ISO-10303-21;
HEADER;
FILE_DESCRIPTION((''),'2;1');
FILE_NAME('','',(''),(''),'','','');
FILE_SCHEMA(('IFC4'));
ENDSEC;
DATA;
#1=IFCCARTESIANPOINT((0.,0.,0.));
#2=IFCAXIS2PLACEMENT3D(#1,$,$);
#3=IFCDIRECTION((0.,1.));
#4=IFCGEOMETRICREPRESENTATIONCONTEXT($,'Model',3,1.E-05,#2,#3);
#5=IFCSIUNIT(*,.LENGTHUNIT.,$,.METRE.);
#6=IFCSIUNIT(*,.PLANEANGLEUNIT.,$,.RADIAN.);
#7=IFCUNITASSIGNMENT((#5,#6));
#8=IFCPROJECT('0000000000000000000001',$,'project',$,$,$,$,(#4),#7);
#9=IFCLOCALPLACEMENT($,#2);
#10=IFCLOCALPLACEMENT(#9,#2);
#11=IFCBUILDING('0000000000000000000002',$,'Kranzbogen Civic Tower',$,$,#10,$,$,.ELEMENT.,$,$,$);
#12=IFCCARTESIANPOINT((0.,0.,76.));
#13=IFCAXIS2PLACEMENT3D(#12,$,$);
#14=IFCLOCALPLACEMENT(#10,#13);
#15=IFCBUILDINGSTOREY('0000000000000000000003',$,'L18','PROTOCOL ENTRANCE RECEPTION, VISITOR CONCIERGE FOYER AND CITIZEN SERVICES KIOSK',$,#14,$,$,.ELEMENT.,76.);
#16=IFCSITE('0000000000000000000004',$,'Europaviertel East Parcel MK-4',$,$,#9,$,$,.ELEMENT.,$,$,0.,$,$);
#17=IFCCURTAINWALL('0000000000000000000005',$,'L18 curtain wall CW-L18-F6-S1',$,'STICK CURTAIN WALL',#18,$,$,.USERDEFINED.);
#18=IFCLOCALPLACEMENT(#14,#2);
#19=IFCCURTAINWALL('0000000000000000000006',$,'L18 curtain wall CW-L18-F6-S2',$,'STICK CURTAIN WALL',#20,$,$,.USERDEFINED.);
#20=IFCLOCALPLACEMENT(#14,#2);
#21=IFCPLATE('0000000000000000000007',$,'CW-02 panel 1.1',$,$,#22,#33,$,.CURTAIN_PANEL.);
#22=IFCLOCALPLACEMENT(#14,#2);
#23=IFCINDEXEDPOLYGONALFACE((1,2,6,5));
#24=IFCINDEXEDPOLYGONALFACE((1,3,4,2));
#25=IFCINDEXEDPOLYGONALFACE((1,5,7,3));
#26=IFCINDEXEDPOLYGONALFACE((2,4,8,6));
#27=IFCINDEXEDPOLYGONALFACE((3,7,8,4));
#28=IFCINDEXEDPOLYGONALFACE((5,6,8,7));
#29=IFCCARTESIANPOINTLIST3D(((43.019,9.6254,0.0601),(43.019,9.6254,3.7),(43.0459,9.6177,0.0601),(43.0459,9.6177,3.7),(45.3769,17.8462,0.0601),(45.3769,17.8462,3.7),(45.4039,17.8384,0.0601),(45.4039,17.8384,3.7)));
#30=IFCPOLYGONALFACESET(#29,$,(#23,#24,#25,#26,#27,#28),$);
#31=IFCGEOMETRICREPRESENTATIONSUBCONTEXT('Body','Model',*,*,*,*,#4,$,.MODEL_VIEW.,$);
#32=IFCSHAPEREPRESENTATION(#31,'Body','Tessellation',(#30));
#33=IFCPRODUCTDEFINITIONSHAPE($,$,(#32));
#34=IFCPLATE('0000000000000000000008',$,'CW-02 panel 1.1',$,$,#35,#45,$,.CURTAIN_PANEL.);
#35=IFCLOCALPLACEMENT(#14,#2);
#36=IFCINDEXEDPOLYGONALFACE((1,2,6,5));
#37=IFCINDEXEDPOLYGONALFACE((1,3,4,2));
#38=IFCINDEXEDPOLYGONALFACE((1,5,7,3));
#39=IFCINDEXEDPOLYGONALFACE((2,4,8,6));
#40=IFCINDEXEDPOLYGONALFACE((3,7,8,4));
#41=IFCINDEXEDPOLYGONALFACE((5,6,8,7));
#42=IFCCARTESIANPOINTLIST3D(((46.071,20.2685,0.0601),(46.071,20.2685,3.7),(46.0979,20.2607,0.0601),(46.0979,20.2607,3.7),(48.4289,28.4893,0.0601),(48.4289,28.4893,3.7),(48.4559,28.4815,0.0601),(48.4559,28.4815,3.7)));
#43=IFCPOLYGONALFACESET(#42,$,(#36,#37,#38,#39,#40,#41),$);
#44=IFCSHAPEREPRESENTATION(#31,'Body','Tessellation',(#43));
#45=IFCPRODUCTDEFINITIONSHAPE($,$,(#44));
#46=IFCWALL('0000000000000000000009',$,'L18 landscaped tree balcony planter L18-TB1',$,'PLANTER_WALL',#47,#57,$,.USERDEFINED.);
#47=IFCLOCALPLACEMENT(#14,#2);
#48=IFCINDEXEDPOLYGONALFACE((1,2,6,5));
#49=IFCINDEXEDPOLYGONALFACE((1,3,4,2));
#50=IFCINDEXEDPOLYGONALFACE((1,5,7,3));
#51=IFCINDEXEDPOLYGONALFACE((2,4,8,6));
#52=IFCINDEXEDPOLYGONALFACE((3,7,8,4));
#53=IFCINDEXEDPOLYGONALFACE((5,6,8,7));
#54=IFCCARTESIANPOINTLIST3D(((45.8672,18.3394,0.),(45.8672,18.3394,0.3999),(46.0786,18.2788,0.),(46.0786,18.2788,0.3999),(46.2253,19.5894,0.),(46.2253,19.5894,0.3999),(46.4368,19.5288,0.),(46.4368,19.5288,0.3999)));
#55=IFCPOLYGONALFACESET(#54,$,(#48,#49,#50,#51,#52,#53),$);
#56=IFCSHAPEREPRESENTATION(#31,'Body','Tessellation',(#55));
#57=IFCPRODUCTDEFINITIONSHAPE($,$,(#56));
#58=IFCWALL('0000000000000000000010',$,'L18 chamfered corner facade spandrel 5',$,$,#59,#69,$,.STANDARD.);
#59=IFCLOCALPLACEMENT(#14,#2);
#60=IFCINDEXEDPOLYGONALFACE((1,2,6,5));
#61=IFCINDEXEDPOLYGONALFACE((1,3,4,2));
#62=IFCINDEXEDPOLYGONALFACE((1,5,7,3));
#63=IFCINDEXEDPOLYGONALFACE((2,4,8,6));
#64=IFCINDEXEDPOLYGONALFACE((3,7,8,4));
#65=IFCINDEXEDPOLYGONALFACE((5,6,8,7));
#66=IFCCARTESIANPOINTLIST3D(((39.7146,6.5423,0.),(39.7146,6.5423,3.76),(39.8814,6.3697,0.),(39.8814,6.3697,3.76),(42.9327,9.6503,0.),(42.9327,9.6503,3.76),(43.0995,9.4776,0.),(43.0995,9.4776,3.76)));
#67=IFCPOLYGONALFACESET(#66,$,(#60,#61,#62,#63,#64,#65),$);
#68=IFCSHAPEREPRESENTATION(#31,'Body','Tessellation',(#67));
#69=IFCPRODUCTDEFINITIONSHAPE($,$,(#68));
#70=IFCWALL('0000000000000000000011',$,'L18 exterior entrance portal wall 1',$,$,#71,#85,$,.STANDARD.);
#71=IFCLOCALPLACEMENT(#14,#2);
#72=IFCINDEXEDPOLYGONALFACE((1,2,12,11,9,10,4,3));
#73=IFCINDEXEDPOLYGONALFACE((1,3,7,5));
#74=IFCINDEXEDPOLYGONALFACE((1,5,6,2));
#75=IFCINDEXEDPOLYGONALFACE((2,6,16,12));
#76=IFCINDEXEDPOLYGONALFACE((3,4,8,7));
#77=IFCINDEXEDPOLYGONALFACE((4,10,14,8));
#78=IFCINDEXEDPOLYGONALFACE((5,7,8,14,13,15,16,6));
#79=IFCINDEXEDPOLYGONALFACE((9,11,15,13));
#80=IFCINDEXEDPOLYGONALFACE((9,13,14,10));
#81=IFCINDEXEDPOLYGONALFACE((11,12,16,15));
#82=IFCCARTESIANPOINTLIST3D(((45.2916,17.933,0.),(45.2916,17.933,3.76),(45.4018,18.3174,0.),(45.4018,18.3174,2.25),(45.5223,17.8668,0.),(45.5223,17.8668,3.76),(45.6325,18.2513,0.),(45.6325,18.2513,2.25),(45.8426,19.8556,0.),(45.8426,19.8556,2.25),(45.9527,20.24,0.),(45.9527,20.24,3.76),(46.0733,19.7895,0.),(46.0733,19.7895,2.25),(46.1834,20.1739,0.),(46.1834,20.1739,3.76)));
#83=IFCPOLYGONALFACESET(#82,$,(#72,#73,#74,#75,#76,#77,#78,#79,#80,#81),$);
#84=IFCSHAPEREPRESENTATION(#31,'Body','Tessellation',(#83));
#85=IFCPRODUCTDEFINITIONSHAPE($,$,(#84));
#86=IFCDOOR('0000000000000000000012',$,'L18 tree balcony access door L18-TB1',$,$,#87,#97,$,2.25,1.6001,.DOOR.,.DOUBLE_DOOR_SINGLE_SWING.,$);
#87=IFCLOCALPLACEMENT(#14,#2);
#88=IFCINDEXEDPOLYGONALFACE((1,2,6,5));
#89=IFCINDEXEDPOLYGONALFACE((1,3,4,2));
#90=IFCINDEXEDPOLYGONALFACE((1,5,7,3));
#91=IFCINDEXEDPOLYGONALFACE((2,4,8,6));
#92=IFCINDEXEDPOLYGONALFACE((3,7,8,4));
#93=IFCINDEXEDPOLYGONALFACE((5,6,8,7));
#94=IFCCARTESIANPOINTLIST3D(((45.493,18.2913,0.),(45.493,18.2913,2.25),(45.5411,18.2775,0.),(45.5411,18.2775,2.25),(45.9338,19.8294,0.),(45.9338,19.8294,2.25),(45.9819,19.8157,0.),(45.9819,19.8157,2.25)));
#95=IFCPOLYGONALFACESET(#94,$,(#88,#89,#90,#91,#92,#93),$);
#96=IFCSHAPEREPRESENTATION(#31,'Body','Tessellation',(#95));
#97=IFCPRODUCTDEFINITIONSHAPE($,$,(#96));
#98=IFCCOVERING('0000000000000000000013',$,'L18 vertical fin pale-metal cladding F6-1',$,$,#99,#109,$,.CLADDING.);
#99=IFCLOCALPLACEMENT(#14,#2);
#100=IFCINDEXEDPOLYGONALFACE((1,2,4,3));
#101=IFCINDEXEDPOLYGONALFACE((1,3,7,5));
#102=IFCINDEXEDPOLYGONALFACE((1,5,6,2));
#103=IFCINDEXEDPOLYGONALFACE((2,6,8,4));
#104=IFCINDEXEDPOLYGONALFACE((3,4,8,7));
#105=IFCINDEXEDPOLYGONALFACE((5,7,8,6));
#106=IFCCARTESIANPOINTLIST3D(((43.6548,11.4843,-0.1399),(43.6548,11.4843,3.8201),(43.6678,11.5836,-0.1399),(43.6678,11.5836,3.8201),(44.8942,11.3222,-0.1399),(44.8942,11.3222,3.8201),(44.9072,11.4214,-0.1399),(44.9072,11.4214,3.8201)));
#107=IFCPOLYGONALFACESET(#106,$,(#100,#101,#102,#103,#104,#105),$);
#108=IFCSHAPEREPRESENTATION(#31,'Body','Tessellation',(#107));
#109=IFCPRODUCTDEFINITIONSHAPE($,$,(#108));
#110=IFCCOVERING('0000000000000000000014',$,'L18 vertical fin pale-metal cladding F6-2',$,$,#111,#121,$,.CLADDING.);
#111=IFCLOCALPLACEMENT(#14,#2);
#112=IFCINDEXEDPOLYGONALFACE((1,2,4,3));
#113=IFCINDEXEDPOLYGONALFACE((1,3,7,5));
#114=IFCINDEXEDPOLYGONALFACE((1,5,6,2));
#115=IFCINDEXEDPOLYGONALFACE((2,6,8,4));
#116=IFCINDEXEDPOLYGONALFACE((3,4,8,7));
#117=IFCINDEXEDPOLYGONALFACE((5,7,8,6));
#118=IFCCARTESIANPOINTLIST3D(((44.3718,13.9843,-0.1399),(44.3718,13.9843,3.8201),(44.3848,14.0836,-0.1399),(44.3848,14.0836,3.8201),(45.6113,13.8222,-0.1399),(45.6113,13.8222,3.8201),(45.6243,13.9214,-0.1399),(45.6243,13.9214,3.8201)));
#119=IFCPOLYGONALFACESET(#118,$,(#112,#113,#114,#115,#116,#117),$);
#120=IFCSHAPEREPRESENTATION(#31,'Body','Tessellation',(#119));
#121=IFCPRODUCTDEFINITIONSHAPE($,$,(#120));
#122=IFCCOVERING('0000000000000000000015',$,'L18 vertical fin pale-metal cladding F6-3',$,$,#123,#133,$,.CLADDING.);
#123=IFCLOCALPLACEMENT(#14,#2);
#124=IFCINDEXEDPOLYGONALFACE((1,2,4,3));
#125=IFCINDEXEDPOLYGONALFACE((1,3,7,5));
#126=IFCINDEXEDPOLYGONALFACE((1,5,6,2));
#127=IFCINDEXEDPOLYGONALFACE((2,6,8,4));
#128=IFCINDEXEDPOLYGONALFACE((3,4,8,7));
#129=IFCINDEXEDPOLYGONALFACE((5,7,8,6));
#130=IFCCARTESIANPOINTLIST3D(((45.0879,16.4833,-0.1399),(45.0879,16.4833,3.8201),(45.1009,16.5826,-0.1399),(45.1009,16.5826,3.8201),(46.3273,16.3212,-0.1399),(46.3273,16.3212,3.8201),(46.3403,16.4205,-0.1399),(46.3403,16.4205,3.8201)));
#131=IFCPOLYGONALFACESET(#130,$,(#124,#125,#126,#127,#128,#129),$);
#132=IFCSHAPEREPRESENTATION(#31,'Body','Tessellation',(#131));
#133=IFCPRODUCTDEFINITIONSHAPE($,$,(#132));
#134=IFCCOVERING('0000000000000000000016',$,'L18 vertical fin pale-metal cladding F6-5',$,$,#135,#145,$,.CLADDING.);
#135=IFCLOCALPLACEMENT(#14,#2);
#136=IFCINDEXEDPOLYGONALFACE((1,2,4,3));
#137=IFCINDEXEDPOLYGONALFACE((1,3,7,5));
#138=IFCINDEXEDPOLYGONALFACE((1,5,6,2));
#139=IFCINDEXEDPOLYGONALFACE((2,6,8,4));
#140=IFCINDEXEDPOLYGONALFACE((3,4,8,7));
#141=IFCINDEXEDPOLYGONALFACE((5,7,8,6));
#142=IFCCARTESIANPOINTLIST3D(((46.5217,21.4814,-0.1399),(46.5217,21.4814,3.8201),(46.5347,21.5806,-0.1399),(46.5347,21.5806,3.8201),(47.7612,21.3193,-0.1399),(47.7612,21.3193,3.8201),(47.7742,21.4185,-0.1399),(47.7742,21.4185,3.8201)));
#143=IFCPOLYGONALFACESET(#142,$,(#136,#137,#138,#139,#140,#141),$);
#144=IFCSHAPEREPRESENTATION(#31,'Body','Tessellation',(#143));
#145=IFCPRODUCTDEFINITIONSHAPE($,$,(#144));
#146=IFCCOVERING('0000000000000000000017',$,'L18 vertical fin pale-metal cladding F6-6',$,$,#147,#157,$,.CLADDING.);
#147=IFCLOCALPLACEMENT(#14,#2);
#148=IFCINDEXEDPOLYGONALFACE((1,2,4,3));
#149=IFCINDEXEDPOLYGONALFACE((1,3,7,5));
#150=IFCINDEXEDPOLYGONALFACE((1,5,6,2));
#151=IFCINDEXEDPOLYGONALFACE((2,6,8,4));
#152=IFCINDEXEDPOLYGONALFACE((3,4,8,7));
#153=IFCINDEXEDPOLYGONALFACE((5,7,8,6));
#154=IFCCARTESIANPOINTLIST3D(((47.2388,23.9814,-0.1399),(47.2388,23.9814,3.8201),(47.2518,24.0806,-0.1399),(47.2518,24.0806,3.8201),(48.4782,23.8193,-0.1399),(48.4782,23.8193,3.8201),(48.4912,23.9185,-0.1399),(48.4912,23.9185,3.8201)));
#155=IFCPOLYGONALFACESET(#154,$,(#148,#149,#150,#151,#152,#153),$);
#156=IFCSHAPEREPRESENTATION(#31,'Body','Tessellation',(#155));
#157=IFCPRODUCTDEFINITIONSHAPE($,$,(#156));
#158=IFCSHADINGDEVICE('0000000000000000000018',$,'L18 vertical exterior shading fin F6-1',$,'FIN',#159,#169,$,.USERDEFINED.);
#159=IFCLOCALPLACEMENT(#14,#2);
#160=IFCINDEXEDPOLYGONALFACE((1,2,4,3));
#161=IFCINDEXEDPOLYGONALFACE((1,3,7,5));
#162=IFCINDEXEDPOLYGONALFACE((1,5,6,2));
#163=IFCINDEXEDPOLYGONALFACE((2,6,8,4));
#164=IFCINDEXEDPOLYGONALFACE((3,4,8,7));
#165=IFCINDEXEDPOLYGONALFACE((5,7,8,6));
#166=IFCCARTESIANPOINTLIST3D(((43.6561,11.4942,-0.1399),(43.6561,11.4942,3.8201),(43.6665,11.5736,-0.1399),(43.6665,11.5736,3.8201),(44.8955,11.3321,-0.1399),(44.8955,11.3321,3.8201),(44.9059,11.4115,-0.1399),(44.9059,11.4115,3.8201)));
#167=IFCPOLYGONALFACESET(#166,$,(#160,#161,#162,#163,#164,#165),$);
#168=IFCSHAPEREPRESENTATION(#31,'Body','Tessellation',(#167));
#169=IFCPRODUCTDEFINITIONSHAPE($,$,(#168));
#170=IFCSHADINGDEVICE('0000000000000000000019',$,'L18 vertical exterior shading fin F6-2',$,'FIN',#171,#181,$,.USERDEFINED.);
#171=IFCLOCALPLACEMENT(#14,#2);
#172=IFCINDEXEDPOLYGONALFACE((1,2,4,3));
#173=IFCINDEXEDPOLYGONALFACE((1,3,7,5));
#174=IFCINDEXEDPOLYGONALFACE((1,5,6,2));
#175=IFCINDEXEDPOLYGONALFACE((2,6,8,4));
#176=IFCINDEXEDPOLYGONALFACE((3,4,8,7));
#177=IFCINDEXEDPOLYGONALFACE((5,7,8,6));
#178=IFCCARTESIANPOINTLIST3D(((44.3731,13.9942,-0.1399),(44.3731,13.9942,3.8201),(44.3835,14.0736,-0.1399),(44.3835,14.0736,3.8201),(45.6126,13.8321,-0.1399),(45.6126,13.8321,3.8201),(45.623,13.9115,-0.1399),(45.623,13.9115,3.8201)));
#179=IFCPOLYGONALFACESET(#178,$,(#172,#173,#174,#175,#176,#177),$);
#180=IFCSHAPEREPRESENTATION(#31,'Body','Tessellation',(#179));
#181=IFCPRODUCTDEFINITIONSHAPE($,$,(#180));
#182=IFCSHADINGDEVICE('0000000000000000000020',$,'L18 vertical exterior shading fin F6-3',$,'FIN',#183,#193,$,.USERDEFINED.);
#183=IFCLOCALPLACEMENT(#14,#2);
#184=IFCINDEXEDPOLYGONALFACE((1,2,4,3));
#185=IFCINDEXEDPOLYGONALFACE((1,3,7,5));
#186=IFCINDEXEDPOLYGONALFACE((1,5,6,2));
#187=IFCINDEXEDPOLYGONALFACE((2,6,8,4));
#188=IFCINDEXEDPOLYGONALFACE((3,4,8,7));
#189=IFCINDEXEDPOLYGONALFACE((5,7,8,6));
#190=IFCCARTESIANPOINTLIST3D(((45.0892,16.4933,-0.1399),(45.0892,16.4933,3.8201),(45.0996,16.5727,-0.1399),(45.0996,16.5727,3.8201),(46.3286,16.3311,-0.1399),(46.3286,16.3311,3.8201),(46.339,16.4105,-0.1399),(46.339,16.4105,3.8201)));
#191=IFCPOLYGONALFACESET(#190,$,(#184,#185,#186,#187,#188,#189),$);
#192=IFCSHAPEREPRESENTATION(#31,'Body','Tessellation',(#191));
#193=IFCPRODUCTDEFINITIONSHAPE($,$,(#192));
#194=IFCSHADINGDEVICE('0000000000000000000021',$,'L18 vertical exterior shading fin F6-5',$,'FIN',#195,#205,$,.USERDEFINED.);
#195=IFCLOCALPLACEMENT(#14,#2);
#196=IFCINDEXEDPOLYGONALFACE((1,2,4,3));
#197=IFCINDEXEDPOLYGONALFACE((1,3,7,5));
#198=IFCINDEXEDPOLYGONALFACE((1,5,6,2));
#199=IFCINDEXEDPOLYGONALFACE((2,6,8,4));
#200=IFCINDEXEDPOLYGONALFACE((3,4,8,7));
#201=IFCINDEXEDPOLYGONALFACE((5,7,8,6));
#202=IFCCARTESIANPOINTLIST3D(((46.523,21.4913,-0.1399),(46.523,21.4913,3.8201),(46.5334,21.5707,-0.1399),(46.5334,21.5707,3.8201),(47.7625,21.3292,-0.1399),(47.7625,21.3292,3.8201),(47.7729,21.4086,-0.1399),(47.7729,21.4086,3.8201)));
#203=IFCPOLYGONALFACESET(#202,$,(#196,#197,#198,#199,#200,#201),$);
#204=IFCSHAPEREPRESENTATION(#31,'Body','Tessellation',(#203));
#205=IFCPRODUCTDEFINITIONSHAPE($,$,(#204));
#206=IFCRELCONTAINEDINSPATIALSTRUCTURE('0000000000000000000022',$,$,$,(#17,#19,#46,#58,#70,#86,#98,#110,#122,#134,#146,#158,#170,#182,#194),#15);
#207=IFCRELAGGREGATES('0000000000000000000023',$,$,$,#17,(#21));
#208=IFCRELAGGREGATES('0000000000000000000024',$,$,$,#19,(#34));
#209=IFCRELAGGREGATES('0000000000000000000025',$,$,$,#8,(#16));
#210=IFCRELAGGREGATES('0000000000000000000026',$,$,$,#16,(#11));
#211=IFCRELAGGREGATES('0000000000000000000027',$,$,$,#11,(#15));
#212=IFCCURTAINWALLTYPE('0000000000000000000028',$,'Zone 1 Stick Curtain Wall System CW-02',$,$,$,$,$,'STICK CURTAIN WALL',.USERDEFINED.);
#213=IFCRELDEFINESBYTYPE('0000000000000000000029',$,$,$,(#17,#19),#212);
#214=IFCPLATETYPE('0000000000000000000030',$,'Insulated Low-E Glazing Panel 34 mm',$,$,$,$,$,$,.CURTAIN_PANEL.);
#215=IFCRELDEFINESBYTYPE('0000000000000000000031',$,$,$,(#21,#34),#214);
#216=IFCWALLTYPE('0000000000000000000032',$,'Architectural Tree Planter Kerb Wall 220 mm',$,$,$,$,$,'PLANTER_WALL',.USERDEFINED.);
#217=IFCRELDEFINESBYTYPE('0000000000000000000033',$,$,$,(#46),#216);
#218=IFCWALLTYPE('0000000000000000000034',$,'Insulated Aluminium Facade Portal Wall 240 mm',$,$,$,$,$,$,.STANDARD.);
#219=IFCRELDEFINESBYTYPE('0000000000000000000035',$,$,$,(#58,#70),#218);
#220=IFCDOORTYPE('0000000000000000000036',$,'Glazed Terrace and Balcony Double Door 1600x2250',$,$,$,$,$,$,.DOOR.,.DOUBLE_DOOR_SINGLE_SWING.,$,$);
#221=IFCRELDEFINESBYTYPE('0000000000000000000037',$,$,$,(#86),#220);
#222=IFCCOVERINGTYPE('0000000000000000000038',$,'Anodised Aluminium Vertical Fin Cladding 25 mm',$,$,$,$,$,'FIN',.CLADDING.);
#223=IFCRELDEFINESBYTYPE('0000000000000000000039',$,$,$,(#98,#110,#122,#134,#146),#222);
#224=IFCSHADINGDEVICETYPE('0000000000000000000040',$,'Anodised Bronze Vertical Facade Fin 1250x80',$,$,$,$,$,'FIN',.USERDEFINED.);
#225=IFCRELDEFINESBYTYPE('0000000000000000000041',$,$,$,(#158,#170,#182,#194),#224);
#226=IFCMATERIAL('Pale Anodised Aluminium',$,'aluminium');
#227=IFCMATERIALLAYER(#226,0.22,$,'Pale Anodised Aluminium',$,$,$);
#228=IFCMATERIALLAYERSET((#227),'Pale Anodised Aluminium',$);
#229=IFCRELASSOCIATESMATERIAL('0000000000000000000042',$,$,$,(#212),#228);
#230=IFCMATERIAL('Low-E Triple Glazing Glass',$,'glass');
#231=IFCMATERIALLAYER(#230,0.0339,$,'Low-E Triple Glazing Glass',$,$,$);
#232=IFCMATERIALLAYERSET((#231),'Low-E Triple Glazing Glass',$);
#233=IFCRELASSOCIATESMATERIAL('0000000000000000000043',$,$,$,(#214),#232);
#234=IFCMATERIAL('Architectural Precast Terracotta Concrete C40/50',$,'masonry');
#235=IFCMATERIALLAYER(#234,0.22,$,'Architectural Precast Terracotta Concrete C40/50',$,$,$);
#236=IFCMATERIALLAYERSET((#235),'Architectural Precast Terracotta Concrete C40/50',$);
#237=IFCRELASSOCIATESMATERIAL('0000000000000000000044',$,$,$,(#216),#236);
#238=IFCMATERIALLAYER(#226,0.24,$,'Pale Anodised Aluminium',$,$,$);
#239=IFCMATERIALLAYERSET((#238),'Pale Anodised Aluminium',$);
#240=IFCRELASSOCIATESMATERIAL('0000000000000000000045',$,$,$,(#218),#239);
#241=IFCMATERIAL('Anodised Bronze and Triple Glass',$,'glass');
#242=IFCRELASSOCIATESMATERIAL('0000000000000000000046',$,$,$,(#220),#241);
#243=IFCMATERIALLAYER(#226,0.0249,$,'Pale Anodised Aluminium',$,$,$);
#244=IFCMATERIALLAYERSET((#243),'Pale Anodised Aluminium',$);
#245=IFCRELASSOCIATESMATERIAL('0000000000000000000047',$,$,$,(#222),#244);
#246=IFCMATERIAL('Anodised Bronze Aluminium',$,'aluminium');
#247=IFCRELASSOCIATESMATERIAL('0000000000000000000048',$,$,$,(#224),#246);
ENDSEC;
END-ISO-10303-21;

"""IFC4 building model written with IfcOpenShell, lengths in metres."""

from ifc_helpers import new_model, si_unit, direction, frame, frame_2d, origin, origin_2d, place, context, subcontext, project, spatial, rectangle, extrude, material, layer, layer_set, type_object, element, fill, aggregate, save


model = new_model("IFC4")

# Units and contexts
model_context = context("Model", 3, precision=1e-05, world=origin(), true_north=direction((0.0, 1.0)))
body_context = subcontext(model_context, "Body", "Model", "MODEL_VIEW")
ifc_project = project(units=[si_unit("LENGTHUNIT", "METRE"), si_unit("PLANEANGLEUNIT", "RADIAN")], contexts=[model_context])

# Site, building, storey
site_placement = place(None, origin())
site = spatial("IfcSite", under=ifc_project, at=site_placement, Name="Europaviertel East Parcel MK-4", CompositionType="ELEMENT", RefElevation=0.0)
building_placement = place(site_placement, origin())
building = spatial("IfcBuilding", under=site, at=building_placement, Name="Kranzbogen Civic Tower", CompositionType="ELEMENT")
storey_placement = place(building_placement, frame((0.0, 0.0, 76.0)))
storey = spatial("IfcBuildingStorey", under=building, at=storey_placement, Name="L18", Description="PROTOCOL ENTRANCE RECEPTION, VISITOR CONCIERGE FOYER AND CITIZEN SERVICES KIOSK", CompositionType="ELEMENT", Elevation=76.0)

# Shared definitions
ifc_material_1 = material(Name="Pale Anodised Aluminium", Category="aluminium")
ifc_layer_1 = layer(ifc_material_1, 0.22, Name="Pale Anodised Aluminium")
ifc_layer_set_1 = layer_set([ifc_layer_1], Name="Pale Anodised Aluminium")
curtain_wall_type = type_object("IfcCurtainWallType", Name="Zone 1 Stick Curtain Wall System CW-02", ElementType="STICK CURTAIN WALL", PredefinedType="USERDEFINED", material=ifc_layer_set_1)

# Curtain wall
curtain_wall_1_placement = place(storey_placement, origin())
curtain_wall_1 = element("IfcCurtainWall", 1, at=curtain_wall_1_placement, inside=storey, type_object=curtain_wall_type, Name="L18 curtain wall CW-L18-F6-S1", ObjectType="STICK CURTAIN WALL", PredefinedType="USERDEFINED")

# Curtain wall
curtain_wall_2_placement = place(storey_placement, origin())
curtain_wall_2 = element("IfcCurtainWall", 2, at=curtain_wall_2_placement, inside=storey, type_object=curtain_wall_type, Name="L18 curtain wall CW-L18-F6-S2", ObjectType="STICK CURTAIN WALL", PredefinedType="USERDEFINED")

# Plates
ifc_material_2 = material(Name="Low-E Triple Glazing Glass", Category="glass")
ifc_layer_2 = layer(ifc_material_2, 0.0339, Name="Low-E Triple Glazing Glass")
ifc_layer_set_2 = layer_set([ifc_layer_2], Name="Low-E Triple Glazing Glass")
plate_type = type_object("IfcPlateType", Name="Insulated Low-E Glazing Panel 34 mm", PredefinedType="CURTAIN_PANEL", material=ifc_layer_set_2)
plate_1_placement = place(storey_placement, frame((44.2114, 13.7319, 0.0601), z_axis=(0.0, 0.0, 1.0), x_axis=(0.275711, 0.961241, 0.0)))
plate_1 = element("IfcPlate", 3, at=plate_1_placement, type_object=plate_type, Name="CW-02 panel 1.1", PredefinedType="CURTAIN_PANEL", context=body_context, shape_type="SweptSolid", body=[
    extrude(rectangle(XDim=8.5522, YDim=0.0281, at=origin_2d()), origin(), (0.0, 0.0, 1.0), 3.6399),
])
aggregate(curtain_wall_1, [plate_1])
plate_2_placement = place(storey_placement, frame((47.2634, 24.375, 0.0601), z_axis=(0.0, 0.0, 1.0), x_axis=(0.275711, 0.961241, 0.0)))
plate_2 = element("IfcPlate", 4, at=plate_2_placement, type_object=plate_type, Name="CW-02 panel 1.1", PredefinedType="CURTAIN_PANEL", context=body_context, shape_type="SweptSolid", body=[
    extrude(rectangle(XDim=8.5522, YDim=0.0281, at=origin_2d()), origin(), (0.0, 0.0, 1.0), 3.6399),
])
aggregate(curtain_wall_2, [plate_2])

# Walls
ifc_material_3 = material(Name="Architectural Precast Terracotta Concrete C40/50", Category="masonry")
ifc_layer_3 = layer(ifc_material_3, 0.22, Name="Architectural Precast Terracotta Concrete C40/50")
ifc_layer_set_3 = layer_set([ifc_layer_3], Name="Architectural Precast Terracotta Concrete C40/50")
wall_type_1 = type_object("IfcWallType", Name="Architectural Tree Planter Kerb Wall 220 mm", ElementType="PLANTER_WALL", PredefinedType="USERDEFINED", material=ifc_layer_set_3)
wall_1_placement = place(storey_placement, frame((45.9729, 18.3091, 0.0), z_axis=(0.0, 0.0, 1.0), x_axis=(0.27544, 0.961318, 0.0)))
element("IfcWall", 5, at=wall_1_placement, inside=storey, type_object=wall_type_1, Name="L18 landscaped tree balcony planter L18-TB1", ObjectType="PLANTER_WALL", PredefinedType="USERDEFINED", context=body_context, shape_type="SweptSolid", body=[
    extrude(rectangle(XDim=1.3003, YDim=0.22, at=frame_2d((0.6501, 0.0))), origin(), (0.0, 0.0, 1.0), 0.3999),
])
ifc_layer_4 = layer(ifc_material_1, 0.24, Name="Pale Anodised Aluminium")
ifc_layer_set_4 = layer_set([ifc_layer_4], Name="Pale Anodised Aluminium")
wall_type_2 = type_object("IfcWallType", Name="Insulated Aluminium Facade Portal Wall 240 mm", PredefinedType="STANDARD", material=ifc_layer_set_4)
wall_2_placement = place(storey_placement, frame((39.7981, 6.4561, 0.0), z_axis=(0.0, 0.0, 1.0), x_axis=(0.719306, 0.694694, 0.0)))
element("IfcWall", 6, at=wall_2_placement, inside=storey, type_object=wall_type_2, Name="L18 chamfered corner facade spandrel 5", PredefinedType="STANDARD", context=body_context, shape_type="SweptSolid", body=[
    extrude(rectangle(XDim=4.4739, YDim=0.24, at=frame_2d((2.2368, 0.0))), origin(), (0.0, 0.0, 1.0), 3.76),
])

# Wall, opening, door
wall_3_placement = place(storey_placement, frame((45.407, 17.8999, 0.0), z_axis=(0.0, 0.0, 1.0), x_axis=(0.275473, 0.961309, 0.0)))
wall_3 = element("IfcWall", 7, at=wall_3_placement, inside=storey, type_object=wall_type_2, Name="L18 exterior entrance portal wall 1", PredefinedType="STANDARD", context=body_context, shape_type="SweptSolid", body=[
    extrude(rectangle(XDim=2.3999, YDim=0.24, at=frame_2d((1.2, 0.0))), origin(), (0.0, 0.0, 1.0), 3.76),
])
opening_placement = place(wall_3_placement, frame((0.3999, 0.0, 0.0)))
opening = element("IfcOpeningElement", 8, at=opening_placement, cuts=wall_3, PredefinedType="OPENING", context=body_context, shape_type="SweptSolid", body=[
    extrude(rectangle(XDim=1.6001, YDim=2.25, at=frame_2d((0.8, 1.125))), frame((0.0, 0.1299, 0.0), z_axis=(0.0, -1.0, 0.0), x_axis=(1.0, 0.0, 0.0)), (0.0, 0.0, 1.0), 0.26),
])
ifc_material_4 = material(Name="Anodised Bronze and Triple Glass", Category="glass")
door_type = type_object("IfcDoorType", Name="Glazed Terrace and Balcony Double Door 1600x2250", OperationType="DOUBLE_DOOR_SINGLE_SWING", PredefinedType="DOOR", material=ifc_material_4)
door_placement = place(opening_placement, frame((1.6001, 0.0, 0.0), z_axis=(0.0, 0.0, 1.0), x_axis=(-1.0, 0.0, 0.0)))
door = element("IfcDoor", 9, at=door_placement, inside=storey, type_object=door_type, Name="L18 tree balcony access door L18-TB1", OperationType="DOUBLE_DOOR_SINGLE_SWING", OverallHeight=2.25, OverallWidth=1.6001, PredefinedType="DOOR", context=body_context, shape_type="SweptSolid", body=[
    extrude(rectangle(XDim=1.6001, YDim=2.25, at=frame_2d((0.8, 1.125))), frame((0.0, 0.0249, 0.0), z_axis=(0.0, -1.0, 0.0), x_axis=(1.0, 0.0, 0.0)), (0.0, 0.0, 1.0), 0.05),
])
fill(opening, door)

# Coverings
ifc_layer_5 = layer(ifc_material_1, 0.0249, Name="Pale Anodised Aluminium")
ifc_layer_set_5 = layer_set([ifc_layer_5], Name="Pale Anodised Aluminium")
covering_type = type_object("IfcCoveringType", Name="Anodised Aluminium Vertical Fin Cladding 25 mm", ElementType="FIN", PredefinedType="CLADDING", material=ifc_layer_set_5)
for number, where, z_axis, x_axis, name in (
    (10, (44.281, 11.4529, -0.1399), (0.0, 0.0, 1.0), (0.991554, -0.129696, 0.0), "L18 vertical fin pale-metal cladding F6-1"),
    (11, (44.998, 13.9529, -0.1399), (0.0, 0.0, 1.0), (0.991554, -0.129696, 0.0), "L18 vertical fin pale-metal cladding F6-2"),
    (12, (45.7141, 16.4519, -0.1399), (0.0, 0.0, 1.0), (0.991554, -0.129696, 0.0), "L18 vertical fin pale-metal cladding F6-3"),
    (13, (47.1479, 21.45, -0.1399), (0.0, 0.0, 1.0), (0.991554, -0.129696, 0.0), "L18 vertical fin pale-metal cladding F6-5"),
    (14, (47.865, 23.95, -0.1399), (0.0, 0.0, 1.0), (0.991554, -0.129696, 0.0), "L18 vertical fin pale-metal cladding F6-6"),
):
    element("IfcCovering", number, at=place(storey_placement, frame(where, z_axis=z_axis, x_axis=x_axis)), inside=storey, type_object=covering_type, Name=name, PredefinedType="CLADDING", context=body_context, shape_type="SweptSolid", body=[
        extrude(rectangle(XDim=1.25, YDim=0.1001, at=origin_2d()), origin(), (0.0, 0.0, 1.0), 3.96),
    ])

# Shading devices
ifc_material_5 = material(Name="Anodised Bronze Aluminium", Category="aluminium")
shading_device_type = type_object("IfcShadingDeviceType", Name="Anodised Bronze Vertical Facade Fin 1250x80", ElementType="FIN", PredefinedType="USERDEFINED", material=ifc_material_5)
for number, where, z_axis, x_axis, name in (
    (15, (44.281, 11.4529, -0.1399), (0.0, 0.0, 1.0), (0.991554, -0.129696, 0.0), "L18 vertical exterior shading fin F6-1"),
    (16, (44.998, 13.9529, -0.1399), (0.0, 0.0, 1.0), (0.991554, -0.129696, 0.0), "L18 vertical exterior shading fin F6-2"),
    (17, (45.7141, 16.4519, -0.1399), (0.0, 0.0, 1.0), (0.991554, -0.129696, 0.0), "L18 vertical exterior shading fin F6-3"),
    (18, (47.1479, 21.45, -0.1399), (0.0, 0.0, 1.0), (0.991554, -0.129696, 0.0), "L18 vertical exterior shading fin F6-5"),
):
    element("IfcShadingDevice", number, at=place(storey_placement, frame(where, z_axis=z_axis, x_axis=x_axis)), inside=storey, type_object=shading_device_type, Name=name, ObjectType="FIN", PredefinedType="USERDEFINED", context=body_context, shape_type="SweptSolid", body=[
        extrude(rectangle(XDim=1.25, YDim=0.0801, at=origin_2d()), origin(), (0.0, 0.0, 1.0), 3.96),
    ])

save(model, "model.ifc")
